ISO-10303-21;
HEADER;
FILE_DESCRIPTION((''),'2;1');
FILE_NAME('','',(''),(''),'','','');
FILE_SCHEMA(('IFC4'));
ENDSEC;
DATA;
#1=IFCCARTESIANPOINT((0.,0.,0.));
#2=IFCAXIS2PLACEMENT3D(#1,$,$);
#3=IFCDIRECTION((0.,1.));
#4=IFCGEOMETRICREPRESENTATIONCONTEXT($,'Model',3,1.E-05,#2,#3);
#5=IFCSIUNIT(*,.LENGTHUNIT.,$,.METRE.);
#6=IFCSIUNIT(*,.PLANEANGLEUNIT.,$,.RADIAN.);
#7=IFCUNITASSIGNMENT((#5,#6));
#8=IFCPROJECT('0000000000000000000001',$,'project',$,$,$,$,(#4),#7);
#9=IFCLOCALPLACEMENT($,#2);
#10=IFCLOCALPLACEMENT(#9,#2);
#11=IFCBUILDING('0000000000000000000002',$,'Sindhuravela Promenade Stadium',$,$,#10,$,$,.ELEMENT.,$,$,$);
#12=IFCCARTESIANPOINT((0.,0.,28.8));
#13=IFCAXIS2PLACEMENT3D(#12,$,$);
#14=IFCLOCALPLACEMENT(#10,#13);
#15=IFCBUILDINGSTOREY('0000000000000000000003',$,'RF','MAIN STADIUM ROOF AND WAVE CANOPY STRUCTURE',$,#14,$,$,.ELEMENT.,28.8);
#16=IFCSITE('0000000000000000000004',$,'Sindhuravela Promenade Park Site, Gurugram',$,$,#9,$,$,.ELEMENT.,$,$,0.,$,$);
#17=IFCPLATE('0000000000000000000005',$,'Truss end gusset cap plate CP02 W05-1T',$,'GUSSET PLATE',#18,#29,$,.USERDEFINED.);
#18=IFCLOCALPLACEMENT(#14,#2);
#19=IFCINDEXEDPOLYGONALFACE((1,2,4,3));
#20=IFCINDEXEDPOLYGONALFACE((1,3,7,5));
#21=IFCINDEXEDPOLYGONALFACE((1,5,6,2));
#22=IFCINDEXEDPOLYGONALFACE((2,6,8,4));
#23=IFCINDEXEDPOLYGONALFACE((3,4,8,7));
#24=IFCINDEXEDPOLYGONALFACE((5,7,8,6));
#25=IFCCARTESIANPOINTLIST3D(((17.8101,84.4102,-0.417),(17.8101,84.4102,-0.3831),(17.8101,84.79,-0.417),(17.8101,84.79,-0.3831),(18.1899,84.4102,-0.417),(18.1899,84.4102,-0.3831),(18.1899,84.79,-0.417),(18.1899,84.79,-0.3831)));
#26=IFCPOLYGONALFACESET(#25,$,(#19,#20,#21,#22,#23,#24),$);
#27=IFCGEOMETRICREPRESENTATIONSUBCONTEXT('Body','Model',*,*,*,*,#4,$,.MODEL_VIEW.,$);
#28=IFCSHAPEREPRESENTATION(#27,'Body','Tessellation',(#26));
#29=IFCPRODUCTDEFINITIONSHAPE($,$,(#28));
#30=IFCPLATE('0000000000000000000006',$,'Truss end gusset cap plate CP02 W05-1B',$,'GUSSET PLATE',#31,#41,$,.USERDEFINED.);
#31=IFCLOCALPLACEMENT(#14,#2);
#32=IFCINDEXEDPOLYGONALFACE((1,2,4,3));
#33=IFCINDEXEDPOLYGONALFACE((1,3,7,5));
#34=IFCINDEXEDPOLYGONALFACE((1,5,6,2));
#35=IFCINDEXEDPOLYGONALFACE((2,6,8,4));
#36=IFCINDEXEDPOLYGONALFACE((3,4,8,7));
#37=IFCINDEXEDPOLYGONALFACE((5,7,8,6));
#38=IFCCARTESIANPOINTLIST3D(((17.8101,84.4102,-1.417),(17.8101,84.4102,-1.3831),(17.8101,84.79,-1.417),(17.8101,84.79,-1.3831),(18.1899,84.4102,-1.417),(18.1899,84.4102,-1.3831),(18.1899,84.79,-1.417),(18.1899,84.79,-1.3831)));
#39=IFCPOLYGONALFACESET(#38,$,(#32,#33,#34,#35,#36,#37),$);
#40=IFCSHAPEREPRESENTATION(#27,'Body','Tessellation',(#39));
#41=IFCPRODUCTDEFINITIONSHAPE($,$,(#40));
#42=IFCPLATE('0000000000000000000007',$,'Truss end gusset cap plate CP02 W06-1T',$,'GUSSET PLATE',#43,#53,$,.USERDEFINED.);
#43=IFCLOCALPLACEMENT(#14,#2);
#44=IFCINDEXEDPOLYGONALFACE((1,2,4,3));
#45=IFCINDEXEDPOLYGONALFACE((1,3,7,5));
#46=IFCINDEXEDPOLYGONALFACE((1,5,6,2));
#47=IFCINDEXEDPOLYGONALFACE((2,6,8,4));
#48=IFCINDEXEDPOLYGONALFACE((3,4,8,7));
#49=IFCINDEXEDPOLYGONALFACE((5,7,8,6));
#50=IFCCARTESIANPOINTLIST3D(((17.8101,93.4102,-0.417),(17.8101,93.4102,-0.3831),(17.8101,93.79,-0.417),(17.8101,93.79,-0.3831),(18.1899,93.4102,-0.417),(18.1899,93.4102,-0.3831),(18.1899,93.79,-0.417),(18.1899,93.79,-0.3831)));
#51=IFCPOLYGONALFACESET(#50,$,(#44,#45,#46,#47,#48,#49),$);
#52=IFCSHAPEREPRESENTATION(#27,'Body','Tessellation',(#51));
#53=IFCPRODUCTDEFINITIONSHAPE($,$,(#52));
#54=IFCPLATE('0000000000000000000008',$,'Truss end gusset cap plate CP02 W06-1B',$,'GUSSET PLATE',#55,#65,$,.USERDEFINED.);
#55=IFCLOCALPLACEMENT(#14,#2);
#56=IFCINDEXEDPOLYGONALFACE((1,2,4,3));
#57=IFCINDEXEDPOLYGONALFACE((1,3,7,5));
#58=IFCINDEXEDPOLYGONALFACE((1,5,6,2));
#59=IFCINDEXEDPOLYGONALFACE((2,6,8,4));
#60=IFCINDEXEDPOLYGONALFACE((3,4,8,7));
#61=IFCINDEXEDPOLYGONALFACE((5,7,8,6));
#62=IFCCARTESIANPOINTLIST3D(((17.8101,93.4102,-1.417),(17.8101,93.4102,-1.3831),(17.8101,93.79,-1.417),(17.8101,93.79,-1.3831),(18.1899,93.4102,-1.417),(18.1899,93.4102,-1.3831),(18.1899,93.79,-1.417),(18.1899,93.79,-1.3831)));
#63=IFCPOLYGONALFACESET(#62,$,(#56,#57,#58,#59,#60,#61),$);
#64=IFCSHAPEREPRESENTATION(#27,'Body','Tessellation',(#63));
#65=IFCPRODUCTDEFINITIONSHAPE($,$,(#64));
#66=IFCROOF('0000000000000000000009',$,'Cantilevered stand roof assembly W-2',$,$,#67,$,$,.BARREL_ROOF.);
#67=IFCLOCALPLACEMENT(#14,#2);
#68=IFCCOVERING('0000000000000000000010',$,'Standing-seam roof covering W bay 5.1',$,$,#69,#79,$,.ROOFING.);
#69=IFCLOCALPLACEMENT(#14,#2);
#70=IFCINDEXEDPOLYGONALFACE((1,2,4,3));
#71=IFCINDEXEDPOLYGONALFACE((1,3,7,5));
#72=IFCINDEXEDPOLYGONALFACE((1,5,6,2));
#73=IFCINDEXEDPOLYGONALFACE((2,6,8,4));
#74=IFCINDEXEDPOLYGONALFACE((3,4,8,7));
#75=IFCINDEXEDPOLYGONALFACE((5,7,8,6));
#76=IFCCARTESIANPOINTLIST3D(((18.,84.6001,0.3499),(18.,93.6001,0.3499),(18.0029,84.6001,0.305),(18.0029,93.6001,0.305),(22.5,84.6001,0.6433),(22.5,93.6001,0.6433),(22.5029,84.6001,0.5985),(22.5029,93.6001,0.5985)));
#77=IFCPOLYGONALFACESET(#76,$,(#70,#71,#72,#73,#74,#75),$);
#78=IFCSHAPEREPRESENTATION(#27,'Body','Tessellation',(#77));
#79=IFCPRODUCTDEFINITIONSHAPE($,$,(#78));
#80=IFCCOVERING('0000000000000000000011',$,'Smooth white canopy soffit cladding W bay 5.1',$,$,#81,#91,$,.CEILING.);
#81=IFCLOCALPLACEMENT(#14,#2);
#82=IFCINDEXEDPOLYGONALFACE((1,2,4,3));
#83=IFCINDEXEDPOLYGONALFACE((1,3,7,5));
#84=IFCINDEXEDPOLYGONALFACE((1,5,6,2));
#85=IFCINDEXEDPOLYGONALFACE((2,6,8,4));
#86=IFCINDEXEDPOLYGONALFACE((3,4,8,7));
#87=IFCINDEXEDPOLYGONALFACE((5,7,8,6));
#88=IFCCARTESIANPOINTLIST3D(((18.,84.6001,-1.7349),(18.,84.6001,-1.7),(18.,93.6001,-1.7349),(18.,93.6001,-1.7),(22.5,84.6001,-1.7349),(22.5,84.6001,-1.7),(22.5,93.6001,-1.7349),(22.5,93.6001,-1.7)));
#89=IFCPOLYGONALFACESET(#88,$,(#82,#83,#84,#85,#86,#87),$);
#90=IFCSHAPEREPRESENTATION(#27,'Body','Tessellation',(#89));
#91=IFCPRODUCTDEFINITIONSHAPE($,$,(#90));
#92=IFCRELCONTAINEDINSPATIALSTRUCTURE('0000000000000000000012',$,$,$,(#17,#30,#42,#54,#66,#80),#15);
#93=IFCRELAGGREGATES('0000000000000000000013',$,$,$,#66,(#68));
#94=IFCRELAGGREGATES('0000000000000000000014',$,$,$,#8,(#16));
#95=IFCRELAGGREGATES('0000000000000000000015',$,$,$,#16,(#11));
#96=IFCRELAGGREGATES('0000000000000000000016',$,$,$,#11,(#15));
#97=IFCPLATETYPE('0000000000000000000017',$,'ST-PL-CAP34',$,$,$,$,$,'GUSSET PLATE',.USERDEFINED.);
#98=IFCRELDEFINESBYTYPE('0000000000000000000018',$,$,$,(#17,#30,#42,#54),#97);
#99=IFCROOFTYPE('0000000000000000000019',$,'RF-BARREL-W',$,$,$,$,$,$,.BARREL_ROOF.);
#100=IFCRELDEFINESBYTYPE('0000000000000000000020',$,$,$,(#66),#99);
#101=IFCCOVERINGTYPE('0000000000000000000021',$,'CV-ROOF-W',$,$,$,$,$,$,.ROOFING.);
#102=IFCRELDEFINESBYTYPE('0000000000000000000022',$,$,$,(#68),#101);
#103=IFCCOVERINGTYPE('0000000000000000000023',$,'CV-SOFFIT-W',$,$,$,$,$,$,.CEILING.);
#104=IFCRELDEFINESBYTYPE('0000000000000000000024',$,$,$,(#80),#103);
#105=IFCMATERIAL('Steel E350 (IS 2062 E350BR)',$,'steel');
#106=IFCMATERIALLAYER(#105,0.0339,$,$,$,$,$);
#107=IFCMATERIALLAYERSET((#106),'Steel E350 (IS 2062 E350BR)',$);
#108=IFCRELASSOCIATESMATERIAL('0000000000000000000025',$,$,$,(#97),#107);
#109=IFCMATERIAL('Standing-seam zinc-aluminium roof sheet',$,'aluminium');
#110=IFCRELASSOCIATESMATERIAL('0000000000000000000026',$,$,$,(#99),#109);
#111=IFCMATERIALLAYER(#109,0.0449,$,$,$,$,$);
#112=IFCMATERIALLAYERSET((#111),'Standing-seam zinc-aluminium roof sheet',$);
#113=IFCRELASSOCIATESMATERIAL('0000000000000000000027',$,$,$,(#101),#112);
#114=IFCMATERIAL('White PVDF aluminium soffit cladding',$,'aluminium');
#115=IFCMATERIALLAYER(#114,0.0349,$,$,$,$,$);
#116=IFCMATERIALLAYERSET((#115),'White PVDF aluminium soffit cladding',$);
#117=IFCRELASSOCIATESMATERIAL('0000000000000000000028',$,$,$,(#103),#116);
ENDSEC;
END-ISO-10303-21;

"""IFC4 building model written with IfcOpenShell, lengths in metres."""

from ifc_helpers import new_model, si_unit, direction, frame, origin, origin_2d, place, context, subcontext, project, spatial, polyline, rectangle, outline, extrude, material, layer, layer_set, type_object, element, aggregate, save


model = new_model("IFC4")

# Units and contexts
model_context = context("Model", 3, precision=1e-05, world=origin(), true_north=direction((0.0, 1.0)))
body_context = subcontext(model_context, "Body", "Model", "MODEL_VIEW")
ifc_project = project(units=[si_unit("LENGTHUNIT", "METRE"), si_unit("PLANEANGLEUNIT", "RADIAN")], contexts=[model_context])

# Site, building, storey
site_placement = place(None, origin())
site = spatial("IfcSite", under=ifc_project, at=site_placement, Name="Sindhuravela Promenade Park Site, Gurugram", CompositionType="ELEMENT", RefElevation=0.0)
building_placement = place(site_placement, origin())
building = spatial("IfcBuilding", under=site, at=building_placement, Name="Sindhuravela Promenade Stadium", CompositionType="ELEMENT")
storey_placement = place(building_placement, frame((0.0, 0.0, 28.8)))
storey = spatial("IfcBuildingStorey", under=building, at=storey_placement, Name="RF", Description="MAIN STADIUM ROOF AND WAVE CANOPY STRUCTURE", CompositionType="ELEMENT", Elevation=28.8)

# Shared definitions
ifc_material_1 = material(Name="Steel E350 (IS 2062 E350BR)", Category="steel")

# Plates
ifc_layer_1 = layer(ifc_material_1, 0.0339)
ifc_layer_set_1 = layer_set([ifc_layer_1], Name="Steel E350 (IS 2062 E350BR)")
plate_type_1 = type_object("IfcPlateType", Name="ST-PL-CAP34", ElementType="GUSSET PLATE", PredefinedType="USERDEFINED", material=ifc_layer_set_1)
for number, where, z_axis, x_axis, name in (
    (1, (18.0, 84.6001, -0.417), (0.0, 0.0, 1.0), (1.0, 0.0, 0.0), "Truss end gusset cap plate CP02 W05-1T"),
    (2, (18.0, 84.6001, -1.417), (0.0, 0.0, 1.0), (1.0, 0.0, 0.0), "Truss end gusset cap plate CP02 W05-1B"),
    (3, (18.0, 93.6001, -0.417), (0.0, 0.0, 1.0), (1.0, 0.0, 0.0), "Truss end gusset cap plate CP02 W06-1T"),
    (4, (18.0, 93.6001, -1.417), (0.0, 0.0, 1.0), (1.0, 0.0, 0.0), "Truss end gusset cap plate CP02 W06-1B"),
):
    element("IfcPlate", number, at=place(storey_placement, frame(where, z_axis=z_axis, x_axis=x_axis)), inside=storey, type_object=plate_type_1, Name=name, ObjectType="GUSSET PLATE", PredefinedType="USERDEFINED", context=body_context, shape_type="SweptSolid", body=[
        extrude(rectangle(XDim=0.3799, YDim=0.3799, at=origin_2d()), origin(), (0.0, 0.0, 1.0), 0.0339),
    ])

# Roof, covering
ifc_material_2 = material(Name="Standing-seam zinc-aluminium roof sheet", Category="aluminium")
roof_type = type_object("IfcRoofType", Name="RF-BARREL-W", PredefinedType="BARREL_ROOF", material=ifc_material_2)
roof_placement = place(storey_placement, origin())
roof = element("IfcRoof", 5, at=roof_placement, inside=storey, type_object=roof_type, Name="Cantilevered stand roof assembly W-2", PredefinedType="BARREL_ROOF")
ifc_layer_2 = layer(ifc_material_2, 0.0449)
ifc_layer_set_2 = layer_set([ifc_layer_2], Name="Standing-seam zinc-aluminium roof sheet")
covering_type_1 = type_object("IfcCoveringType", Name="CV-ROOF-W", PredefinedType="ROOFING", material=ifc_layer_set_2)
covering_1_placement = place(storey_placement, frame((18.0, 84.6001, 0.3499), z_axis=(-0.065074, 0.0, 0.99788), x_axis=(0.0, 1.0, 0.0)))
covering_1 = element("IfcCovering", 6, at=covering_1_placement, type_object=covering_type_1, Name="Standing-seam roof covering W bay 5.1", PredefinedType="ROOFING", context=body_context, shape_type="SweptSolid", body=[
    extrude(outline(polyline([(0.0, 0.0), (0.0, -4.5096), (9.0, -4.5096), (9.0, 0.0), (0.0, 0.0)])), origin(), (0.0, 0.0, -1.0), 0.0449),
])
aggregate(roof, [covering_1])

# Covering
ifc_material_3 = material(Name="White PVDF aluminium soffit cladding", Category="aluminium")
ifc_layer_3 = layer(ifc_material_3, 0.0349)
ifc_layer_set_3 = layer_set([ifc_layer_3], Name="White PVDF aluminium soffit cladding")
covering_type_2 = type_object("IfcCoveringType", Name="CV-SOFFIT-W", PredefinedType="CEILING", material=ifc_layer_set_3)
covering_2_placement = place(storey_placement, frame((18.0, 84.6001, -1.7), z_axis=(0.0, 0.0, 1.0), x_axis=(0.0, 1.0, 0.0)))
element("IfcCovering", 7, at=covering_2_placement, inside=storey, type_object=covering_type_2, Name="Smooth white canopy soffit cladding W bay 5.1", PredefinedType="CEILING", context=body_context, shape_type="SweptSolid", body=[
    extrude(outline(polyline([(0.0, 0.0), (0.0, -4.5), (9.0, -4.5), (9.0, 0.0), (0.0, 0.0)])), origin(), (0.0, 0.0, -1.0), 0.0349),
])

save(model, "model.ifc")
